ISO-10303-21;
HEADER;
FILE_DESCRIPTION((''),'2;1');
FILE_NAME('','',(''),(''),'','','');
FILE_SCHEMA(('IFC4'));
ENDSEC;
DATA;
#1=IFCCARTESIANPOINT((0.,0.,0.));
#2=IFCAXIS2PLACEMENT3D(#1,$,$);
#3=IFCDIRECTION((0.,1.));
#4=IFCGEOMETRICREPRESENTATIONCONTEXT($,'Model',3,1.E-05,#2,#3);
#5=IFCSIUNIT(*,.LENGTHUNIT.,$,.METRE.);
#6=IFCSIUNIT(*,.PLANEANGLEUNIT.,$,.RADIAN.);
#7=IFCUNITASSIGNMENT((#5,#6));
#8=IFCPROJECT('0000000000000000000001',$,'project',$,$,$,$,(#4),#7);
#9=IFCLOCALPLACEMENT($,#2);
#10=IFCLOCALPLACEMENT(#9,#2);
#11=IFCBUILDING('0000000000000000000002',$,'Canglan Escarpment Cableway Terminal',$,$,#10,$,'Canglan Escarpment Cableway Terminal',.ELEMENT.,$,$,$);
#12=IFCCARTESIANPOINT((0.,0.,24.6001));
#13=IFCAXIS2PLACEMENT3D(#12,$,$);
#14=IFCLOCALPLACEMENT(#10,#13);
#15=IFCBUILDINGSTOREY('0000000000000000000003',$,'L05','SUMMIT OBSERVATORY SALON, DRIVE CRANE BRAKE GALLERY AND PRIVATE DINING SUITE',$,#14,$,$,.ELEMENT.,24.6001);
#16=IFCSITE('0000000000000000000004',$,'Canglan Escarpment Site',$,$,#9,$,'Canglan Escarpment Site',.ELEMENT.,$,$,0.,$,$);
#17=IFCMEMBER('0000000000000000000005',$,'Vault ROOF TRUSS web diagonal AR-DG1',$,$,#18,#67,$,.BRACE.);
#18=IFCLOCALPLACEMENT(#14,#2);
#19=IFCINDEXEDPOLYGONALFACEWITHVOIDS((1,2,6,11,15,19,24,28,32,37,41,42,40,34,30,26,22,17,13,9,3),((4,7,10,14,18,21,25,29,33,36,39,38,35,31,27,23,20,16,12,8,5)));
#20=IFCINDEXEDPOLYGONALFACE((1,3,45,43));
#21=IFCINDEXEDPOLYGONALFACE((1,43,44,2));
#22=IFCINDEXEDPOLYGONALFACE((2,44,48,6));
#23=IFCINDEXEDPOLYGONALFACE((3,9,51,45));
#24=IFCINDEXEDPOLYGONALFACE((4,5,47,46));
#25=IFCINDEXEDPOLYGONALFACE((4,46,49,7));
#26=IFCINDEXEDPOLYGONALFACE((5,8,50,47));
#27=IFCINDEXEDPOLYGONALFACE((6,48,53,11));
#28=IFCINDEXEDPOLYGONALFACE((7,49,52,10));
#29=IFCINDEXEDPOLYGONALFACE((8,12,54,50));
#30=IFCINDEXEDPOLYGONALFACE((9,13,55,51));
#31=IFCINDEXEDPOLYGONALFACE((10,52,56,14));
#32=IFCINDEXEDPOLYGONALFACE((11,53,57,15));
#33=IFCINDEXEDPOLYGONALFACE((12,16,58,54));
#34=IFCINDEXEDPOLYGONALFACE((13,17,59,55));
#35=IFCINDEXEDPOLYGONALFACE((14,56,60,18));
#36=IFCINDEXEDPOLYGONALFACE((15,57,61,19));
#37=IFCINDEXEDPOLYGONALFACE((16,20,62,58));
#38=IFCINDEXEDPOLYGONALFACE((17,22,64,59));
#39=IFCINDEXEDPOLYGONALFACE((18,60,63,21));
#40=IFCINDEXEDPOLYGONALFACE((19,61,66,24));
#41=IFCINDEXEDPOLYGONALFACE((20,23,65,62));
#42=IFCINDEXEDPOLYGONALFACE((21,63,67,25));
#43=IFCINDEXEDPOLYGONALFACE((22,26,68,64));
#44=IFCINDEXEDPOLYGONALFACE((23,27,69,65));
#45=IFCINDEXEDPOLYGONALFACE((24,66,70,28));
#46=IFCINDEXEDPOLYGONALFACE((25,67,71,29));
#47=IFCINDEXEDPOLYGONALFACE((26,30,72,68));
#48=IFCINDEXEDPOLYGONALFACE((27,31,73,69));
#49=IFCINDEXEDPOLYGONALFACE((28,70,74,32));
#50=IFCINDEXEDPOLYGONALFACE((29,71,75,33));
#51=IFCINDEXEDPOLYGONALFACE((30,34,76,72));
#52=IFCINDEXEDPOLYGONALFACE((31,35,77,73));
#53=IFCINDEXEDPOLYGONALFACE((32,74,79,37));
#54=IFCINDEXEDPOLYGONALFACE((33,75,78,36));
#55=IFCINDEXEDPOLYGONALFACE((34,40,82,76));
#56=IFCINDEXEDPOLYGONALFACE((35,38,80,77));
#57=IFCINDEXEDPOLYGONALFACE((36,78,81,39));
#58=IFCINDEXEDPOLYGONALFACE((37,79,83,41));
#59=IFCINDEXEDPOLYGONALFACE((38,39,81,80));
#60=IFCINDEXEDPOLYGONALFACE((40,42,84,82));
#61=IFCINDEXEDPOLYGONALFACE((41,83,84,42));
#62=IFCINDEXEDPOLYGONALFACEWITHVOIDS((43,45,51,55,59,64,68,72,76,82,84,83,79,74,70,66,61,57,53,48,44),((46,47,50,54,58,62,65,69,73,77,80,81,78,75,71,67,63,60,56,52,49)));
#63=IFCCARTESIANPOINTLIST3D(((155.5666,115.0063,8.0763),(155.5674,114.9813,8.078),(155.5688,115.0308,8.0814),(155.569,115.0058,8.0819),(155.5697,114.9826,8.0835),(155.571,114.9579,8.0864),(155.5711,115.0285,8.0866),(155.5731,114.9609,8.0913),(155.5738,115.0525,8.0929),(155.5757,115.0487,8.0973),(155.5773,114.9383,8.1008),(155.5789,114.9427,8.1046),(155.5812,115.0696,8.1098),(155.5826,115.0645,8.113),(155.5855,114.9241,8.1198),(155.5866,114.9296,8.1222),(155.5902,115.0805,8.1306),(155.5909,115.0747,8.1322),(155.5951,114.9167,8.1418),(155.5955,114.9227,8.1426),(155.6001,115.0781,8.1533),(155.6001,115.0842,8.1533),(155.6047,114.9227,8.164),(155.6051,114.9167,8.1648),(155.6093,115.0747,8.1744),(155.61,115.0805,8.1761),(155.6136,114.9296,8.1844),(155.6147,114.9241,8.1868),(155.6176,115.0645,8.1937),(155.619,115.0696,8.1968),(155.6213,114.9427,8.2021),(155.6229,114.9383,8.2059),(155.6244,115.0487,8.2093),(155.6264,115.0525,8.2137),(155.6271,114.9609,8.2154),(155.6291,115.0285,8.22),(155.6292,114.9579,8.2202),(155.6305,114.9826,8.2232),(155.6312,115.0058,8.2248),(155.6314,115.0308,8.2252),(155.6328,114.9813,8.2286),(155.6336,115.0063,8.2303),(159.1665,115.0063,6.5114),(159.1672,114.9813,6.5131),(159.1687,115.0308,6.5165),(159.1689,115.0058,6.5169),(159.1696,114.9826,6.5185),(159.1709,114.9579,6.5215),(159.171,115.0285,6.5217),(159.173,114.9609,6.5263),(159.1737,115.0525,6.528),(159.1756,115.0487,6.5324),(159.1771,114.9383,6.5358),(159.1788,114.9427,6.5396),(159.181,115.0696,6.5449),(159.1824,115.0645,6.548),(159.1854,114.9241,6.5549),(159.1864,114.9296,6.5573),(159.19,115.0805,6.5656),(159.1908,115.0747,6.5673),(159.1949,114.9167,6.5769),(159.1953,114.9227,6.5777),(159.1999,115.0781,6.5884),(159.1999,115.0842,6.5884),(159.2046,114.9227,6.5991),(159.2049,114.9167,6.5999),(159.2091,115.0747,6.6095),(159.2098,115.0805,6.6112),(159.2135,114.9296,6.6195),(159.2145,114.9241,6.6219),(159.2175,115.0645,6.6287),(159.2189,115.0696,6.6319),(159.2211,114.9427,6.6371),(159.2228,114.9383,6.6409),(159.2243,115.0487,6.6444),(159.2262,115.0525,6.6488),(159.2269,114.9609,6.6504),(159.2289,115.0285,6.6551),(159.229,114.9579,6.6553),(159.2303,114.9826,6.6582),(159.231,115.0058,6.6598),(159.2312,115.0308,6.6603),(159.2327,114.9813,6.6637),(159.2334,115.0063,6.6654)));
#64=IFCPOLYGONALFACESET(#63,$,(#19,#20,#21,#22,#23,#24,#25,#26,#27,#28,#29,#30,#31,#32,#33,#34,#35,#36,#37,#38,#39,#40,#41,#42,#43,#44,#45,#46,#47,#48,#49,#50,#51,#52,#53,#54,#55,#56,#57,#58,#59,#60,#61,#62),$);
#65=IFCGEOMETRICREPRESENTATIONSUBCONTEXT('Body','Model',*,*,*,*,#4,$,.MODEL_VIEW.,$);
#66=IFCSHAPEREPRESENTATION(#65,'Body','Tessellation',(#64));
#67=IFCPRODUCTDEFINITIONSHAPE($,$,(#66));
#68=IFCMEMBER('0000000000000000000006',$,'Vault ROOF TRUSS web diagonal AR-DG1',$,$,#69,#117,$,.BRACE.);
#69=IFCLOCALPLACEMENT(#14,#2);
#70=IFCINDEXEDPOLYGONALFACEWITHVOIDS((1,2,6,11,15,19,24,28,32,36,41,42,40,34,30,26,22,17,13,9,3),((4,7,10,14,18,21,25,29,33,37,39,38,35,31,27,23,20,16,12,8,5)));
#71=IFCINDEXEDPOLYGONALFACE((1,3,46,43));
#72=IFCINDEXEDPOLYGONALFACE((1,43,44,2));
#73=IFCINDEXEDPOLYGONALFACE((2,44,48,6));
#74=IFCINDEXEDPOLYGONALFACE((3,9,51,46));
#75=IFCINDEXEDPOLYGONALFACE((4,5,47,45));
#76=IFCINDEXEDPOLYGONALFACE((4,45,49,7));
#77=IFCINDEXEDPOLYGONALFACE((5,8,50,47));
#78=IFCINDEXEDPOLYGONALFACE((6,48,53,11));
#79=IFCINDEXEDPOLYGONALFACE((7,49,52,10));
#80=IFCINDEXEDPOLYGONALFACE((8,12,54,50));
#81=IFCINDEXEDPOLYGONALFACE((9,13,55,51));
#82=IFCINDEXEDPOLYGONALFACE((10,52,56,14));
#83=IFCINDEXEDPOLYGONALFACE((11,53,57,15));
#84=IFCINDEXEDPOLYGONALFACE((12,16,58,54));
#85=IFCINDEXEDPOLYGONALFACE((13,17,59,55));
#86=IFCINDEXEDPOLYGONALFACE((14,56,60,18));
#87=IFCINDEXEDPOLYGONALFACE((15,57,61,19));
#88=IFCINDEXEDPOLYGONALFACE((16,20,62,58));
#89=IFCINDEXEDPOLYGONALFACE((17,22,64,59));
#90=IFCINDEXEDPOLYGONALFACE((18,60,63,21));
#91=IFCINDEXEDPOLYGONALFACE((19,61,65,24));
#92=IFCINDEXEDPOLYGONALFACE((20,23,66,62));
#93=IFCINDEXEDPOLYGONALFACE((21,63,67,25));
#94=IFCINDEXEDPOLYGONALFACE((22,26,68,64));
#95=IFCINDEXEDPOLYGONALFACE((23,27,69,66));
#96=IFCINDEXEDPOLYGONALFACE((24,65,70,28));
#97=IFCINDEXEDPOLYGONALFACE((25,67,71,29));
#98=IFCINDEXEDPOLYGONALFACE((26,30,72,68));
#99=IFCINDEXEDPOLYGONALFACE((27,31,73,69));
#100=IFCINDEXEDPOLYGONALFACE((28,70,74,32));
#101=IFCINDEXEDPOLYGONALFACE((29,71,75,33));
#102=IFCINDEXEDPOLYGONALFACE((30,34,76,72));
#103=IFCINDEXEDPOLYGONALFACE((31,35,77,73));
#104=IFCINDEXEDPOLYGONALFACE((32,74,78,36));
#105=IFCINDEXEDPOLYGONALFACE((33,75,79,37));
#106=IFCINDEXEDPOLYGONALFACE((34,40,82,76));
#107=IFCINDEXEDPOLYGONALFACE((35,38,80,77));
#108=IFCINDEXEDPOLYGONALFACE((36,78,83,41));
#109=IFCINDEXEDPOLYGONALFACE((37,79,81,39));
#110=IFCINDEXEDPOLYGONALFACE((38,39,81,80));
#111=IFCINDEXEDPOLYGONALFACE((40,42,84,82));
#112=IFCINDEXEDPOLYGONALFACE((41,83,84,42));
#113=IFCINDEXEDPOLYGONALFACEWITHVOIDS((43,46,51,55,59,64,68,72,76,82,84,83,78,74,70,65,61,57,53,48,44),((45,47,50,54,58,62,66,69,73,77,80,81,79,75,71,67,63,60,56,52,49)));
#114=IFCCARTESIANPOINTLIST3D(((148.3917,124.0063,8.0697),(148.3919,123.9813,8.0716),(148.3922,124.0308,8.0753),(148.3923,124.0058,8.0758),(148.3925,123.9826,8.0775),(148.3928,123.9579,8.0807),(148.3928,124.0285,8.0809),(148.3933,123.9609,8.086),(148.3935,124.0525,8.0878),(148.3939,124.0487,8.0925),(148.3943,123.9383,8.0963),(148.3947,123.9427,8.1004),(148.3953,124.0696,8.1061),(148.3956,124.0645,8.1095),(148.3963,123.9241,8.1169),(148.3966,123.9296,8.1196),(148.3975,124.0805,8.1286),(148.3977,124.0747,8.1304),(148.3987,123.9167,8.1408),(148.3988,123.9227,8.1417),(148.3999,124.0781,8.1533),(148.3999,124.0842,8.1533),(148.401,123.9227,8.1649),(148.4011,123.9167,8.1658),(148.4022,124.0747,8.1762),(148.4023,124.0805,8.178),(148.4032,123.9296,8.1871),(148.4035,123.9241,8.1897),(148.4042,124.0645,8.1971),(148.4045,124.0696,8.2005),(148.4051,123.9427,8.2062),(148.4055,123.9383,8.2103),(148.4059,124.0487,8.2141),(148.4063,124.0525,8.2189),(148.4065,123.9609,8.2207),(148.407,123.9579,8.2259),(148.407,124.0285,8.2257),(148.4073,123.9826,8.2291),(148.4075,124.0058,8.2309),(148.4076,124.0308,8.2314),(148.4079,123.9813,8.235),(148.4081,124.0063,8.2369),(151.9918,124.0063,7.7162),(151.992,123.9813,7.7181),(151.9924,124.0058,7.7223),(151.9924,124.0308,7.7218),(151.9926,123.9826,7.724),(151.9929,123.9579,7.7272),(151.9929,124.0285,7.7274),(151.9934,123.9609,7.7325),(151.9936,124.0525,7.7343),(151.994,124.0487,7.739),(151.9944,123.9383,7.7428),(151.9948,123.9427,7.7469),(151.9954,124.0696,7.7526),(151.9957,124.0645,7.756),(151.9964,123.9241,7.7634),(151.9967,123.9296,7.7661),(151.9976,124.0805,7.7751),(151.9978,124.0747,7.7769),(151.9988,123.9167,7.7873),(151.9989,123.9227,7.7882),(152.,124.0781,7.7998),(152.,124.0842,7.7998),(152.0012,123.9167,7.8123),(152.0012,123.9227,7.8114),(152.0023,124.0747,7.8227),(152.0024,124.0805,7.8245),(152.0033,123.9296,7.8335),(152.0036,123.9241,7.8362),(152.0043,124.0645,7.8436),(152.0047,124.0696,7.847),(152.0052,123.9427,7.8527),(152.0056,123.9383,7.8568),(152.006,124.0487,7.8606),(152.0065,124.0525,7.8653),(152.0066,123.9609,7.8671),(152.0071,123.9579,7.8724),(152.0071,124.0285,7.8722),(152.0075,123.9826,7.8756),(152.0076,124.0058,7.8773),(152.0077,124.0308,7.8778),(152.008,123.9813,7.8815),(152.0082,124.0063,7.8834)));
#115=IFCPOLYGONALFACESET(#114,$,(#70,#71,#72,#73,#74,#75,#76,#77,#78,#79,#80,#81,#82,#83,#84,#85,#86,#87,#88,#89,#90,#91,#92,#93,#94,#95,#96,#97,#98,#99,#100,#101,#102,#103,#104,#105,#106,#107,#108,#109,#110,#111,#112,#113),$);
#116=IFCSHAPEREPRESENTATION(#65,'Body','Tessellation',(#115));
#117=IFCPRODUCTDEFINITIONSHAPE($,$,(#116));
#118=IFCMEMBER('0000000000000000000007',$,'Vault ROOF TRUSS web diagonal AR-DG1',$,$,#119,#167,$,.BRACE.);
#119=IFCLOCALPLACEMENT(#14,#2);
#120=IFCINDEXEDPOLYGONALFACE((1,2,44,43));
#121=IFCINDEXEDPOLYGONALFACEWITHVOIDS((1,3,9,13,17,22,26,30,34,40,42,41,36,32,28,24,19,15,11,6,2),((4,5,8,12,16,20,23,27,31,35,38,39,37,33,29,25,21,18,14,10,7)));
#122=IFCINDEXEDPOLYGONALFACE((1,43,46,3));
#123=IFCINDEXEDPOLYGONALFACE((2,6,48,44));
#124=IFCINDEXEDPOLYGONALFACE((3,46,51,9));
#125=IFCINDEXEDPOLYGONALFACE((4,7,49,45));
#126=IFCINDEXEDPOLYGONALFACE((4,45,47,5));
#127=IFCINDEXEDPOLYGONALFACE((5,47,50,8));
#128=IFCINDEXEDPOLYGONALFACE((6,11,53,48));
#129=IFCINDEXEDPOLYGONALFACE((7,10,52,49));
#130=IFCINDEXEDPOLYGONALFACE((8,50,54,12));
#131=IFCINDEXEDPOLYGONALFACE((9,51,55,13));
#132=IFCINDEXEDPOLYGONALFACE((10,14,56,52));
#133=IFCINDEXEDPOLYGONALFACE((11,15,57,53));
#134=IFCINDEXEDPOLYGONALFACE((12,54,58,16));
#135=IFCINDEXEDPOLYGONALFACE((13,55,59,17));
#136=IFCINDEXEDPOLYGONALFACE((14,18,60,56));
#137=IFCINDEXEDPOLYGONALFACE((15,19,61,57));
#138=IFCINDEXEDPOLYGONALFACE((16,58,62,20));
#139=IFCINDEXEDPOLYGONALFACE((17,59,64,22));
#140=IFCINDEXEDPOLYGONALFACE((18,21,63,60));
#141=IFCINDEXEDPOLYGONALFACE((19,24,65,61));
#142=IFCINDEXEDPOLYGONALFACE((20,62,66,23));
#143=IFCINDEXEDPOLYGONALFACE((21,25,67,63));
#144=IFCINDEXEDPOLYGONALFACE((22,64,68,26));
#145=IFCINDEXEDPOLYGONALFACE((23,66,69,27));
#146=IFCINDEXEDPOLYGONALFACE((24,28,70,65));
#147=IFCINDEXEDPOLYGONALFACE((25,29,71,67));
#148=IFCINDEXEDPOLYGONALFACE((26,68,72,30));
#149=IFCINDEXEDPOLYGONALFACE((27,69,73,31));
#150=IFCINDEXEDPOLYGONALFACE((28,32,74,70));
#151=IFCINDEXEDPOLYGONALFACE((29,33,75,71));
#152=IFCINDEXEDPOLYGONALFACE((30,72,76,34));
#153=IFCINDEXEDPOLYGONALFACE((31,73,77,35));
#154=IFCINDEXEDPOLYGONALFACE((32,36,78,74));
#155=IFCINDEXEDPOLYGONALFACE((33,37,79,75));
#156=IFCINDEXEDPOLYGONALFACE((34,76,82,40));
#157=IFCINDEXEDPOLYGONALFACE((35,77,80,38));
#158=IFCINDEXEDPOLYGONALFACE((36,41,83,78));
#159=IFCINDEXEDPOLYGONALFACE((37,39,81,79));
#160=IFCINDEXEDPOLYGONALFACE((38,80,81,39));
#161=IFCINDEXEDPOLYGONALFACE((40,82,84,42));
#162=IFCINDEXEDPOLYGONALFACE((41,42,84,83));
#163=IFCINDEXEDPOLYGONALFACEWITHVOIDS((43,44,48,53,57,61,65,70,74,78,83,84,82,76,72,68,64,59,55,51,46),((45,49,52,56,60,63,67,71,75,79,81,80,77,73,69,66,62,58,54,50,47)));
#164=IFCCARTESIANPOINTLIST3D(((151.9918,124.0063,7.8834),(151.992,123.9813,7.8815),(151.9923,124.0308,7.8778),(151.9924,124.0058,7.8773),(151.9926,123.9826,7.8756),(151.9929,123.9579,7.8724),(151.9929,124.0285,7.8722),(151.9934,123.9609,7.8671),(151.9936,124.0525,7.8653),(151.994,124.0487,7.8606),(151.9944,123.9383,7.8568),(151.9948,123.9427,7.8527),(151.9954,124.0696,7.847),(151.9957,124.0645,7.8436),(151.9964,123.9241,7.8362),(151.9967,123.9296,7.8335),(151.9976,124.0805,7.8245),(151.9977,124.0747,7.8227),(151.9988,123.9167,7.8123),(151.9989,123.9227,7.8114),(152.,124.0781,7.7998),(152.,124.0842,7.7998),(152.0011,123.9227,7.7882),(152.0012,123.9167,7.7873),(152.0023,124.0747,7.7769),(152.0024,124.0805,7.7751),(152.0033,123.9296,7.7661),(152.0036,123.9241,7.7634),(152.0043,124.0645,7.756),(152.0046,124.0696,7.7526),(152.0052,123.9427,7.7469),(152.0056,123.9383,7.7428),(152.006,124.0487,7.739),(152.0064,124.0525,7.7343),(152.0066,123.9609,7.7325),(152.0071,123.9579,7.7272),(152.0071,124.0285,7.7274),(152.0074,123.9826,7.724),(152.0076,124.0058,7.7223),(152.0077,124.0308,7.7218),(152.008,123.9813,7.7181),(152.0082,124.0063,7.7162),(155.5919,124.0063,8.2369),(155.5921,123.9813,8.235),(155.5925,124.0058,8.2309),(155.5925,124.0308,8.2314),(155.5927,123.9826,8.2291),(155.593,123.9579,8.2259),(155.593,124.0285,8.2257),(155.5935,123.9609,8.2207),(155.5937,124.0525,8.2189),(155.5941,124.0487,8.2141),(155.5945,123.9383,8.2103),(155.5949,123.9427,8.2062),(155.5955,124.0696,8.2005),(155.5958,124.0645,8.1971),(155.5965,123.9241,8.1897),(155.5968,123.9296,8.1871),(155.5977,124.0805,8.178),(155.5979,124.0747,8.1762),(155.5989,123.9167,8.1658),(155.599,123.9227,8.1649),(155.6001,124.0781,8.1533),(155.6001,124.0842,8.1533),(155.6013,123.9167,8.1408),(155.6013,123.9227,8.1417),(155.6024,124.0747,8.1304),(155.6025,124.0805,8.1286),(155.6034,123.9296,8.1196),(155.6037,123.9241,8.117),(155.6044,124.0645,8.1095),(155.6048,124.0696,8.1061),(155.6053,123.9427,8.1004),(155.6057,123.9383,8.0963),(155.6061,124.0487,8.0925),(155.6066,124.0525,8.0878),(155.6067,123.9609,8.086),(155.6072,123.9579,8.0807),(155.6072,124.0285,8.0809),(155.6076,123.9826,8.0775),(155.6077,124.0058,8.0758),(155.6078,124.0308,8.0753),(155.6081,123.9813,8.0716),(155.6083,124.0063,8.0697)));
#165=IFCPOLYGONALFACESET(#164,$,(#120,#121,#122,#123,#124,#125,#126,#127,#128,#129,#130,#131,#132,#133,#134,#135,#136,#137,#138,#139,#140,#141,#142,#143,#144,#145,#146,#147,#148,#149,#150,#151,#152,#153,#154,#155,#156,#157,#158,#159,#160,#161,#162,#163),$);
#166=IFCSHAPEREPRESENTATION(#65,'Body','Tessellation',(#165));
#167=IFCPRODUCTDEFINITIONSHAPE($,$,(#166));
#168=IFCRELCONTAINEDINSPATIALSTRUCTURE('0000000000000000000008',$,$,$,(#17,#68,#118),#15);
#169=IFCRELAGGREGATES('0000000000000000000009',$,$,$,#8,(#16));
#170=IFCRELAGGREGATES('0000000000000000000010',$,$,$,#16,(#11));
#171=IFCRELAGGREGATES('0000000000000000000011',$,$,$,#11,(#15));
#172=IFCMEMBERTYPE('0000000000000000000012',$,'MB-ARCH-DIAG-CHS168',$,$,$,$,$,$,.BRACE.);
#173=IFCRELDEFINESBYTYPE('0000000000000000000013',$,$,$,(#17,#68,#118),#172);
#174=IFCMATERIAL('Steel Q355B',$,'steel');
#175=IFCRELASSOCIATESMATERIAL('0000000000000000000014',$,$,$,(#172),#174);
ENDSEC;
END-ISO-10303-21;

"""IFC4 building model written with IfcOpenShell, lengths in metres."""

from ifc_helpers import new_model, si_unit, direction, frame, origin, origin_2d, place, context, subcontext, project, spatial, hollow_circle, extrude, material, material_profile, profile_set, type_object, element, save


model = new_model("IFC4")

# Units and contexts
model_context = context("Model", 3, precision=1e-05, world=origin(), true_north=direction((0.0, 1.0)))
body_context = subcontext(model_context, "Body", "Model", "MODEL_VIEW")
ifc_project = project(units=[si_unit("LENGTHUNIT", "METRE"), si_unit("PLANEANGLEUNIT", "RADIAN")], contexts=[model_context])

# Site, building, storey
site_placement = place(None, origin())
site = spatial("IfcSite", under=ifc_project, at=site_placement, Name="Canglan Escarpment Site", LongName="Canglan Escarpment Site", CompositionType="ELEMENT", RefElevation=0.0)
building_placement = place(site_placement, origin())
building = spatial("IfcBuilding", under=site, at=building_placement, Name="Canglan Escarpment Cableway Terminal", LongName="Canglan Escarpment Cableway Terminal", CompositionType="ELEMENT")
storey_placement = place(building_placement, frame((0.0, 0.0, 24.6001)))
storey = spatial("IfcBuildingStorey", under=building, at=storey_placement, Name="L05", Description="SUMMIT OBSERVATORY SALON, DRIVE CRANE BRAKE GALLERY AND PRIVATE DINING SUITE", CompositionType="ELEMENT", Elevation=24.6001)

# Shared definitions
ifc_material = material(Name="Steel Q355B", Category="steel")

# Members
ifc_material_profile_1 = material_profile(ifc_material, hollow_circle(Radius=0.0842, WallThickness=0.0061, at=origin_2d()), Name="CHS 168.3x6")
ifc_profile_set_1 = profile_set([ifc_material_profile_1], Name="Steel Q355B")
member_type_1 = type_object("IfcMemberType", Name="MB-ARCH-DIAG-CHS168", PredefinedType="BRACE", material=ifc_profile_set_1)
member_1_placement = place(storey_placement, frame((155.6001, 115.0, 8.1533), z_axis=(0.91709, 0.0, -0.398681), x_axis=(0.0, 1.0, 0.0)))
element("IfcMember", 1, at=member_1_placement, inside=storey, type_object=member_type_1, Name="Vault ROOF TRUSS web diagonal AR-DG1", PredefinedType="BRACE", context=body_context, shape_type="SweptSolid", body=[
    extrude(hollow_circle(Radius=0.0842, WallThickness=0.0061, at=origin_2d()), origin(), (0.0, 0.0, 1.0), 3.9253),
])
for number, where, z_axis, x_axis, name in (
    (2, (148.3999, 124.0, 8.1533), (0.995213, 0.0, -0.097726), (0.0, 1.0, 0.0), "Vault ROOF TRUSS web diagonal AR-DG1"),
    (3, (152.0, 124.0, 7.7998), (0.995213, 0.0, 0.097726), (0.0, 1.0, 0.0), "Vault ROOF TRUSS web diagonal AR-DG1"),
):
    element("IfcMember", number, at=place(storey_placement, frame(where, z_axis=z_axis, x_axis=x_axis)), inside=storey, type_object=member_type_1, Name=name, PredefinedType="BRACE", context=body_context, shape_type="SweptSolid", body=[
        extrude(hollow_circle(Radius=0.0842, WallThickness=0.0061, at=origin_2d()), origin(), (0.0, 0.0, 1.0), 3.6174),
    ])

save(model, "model.ifc")
